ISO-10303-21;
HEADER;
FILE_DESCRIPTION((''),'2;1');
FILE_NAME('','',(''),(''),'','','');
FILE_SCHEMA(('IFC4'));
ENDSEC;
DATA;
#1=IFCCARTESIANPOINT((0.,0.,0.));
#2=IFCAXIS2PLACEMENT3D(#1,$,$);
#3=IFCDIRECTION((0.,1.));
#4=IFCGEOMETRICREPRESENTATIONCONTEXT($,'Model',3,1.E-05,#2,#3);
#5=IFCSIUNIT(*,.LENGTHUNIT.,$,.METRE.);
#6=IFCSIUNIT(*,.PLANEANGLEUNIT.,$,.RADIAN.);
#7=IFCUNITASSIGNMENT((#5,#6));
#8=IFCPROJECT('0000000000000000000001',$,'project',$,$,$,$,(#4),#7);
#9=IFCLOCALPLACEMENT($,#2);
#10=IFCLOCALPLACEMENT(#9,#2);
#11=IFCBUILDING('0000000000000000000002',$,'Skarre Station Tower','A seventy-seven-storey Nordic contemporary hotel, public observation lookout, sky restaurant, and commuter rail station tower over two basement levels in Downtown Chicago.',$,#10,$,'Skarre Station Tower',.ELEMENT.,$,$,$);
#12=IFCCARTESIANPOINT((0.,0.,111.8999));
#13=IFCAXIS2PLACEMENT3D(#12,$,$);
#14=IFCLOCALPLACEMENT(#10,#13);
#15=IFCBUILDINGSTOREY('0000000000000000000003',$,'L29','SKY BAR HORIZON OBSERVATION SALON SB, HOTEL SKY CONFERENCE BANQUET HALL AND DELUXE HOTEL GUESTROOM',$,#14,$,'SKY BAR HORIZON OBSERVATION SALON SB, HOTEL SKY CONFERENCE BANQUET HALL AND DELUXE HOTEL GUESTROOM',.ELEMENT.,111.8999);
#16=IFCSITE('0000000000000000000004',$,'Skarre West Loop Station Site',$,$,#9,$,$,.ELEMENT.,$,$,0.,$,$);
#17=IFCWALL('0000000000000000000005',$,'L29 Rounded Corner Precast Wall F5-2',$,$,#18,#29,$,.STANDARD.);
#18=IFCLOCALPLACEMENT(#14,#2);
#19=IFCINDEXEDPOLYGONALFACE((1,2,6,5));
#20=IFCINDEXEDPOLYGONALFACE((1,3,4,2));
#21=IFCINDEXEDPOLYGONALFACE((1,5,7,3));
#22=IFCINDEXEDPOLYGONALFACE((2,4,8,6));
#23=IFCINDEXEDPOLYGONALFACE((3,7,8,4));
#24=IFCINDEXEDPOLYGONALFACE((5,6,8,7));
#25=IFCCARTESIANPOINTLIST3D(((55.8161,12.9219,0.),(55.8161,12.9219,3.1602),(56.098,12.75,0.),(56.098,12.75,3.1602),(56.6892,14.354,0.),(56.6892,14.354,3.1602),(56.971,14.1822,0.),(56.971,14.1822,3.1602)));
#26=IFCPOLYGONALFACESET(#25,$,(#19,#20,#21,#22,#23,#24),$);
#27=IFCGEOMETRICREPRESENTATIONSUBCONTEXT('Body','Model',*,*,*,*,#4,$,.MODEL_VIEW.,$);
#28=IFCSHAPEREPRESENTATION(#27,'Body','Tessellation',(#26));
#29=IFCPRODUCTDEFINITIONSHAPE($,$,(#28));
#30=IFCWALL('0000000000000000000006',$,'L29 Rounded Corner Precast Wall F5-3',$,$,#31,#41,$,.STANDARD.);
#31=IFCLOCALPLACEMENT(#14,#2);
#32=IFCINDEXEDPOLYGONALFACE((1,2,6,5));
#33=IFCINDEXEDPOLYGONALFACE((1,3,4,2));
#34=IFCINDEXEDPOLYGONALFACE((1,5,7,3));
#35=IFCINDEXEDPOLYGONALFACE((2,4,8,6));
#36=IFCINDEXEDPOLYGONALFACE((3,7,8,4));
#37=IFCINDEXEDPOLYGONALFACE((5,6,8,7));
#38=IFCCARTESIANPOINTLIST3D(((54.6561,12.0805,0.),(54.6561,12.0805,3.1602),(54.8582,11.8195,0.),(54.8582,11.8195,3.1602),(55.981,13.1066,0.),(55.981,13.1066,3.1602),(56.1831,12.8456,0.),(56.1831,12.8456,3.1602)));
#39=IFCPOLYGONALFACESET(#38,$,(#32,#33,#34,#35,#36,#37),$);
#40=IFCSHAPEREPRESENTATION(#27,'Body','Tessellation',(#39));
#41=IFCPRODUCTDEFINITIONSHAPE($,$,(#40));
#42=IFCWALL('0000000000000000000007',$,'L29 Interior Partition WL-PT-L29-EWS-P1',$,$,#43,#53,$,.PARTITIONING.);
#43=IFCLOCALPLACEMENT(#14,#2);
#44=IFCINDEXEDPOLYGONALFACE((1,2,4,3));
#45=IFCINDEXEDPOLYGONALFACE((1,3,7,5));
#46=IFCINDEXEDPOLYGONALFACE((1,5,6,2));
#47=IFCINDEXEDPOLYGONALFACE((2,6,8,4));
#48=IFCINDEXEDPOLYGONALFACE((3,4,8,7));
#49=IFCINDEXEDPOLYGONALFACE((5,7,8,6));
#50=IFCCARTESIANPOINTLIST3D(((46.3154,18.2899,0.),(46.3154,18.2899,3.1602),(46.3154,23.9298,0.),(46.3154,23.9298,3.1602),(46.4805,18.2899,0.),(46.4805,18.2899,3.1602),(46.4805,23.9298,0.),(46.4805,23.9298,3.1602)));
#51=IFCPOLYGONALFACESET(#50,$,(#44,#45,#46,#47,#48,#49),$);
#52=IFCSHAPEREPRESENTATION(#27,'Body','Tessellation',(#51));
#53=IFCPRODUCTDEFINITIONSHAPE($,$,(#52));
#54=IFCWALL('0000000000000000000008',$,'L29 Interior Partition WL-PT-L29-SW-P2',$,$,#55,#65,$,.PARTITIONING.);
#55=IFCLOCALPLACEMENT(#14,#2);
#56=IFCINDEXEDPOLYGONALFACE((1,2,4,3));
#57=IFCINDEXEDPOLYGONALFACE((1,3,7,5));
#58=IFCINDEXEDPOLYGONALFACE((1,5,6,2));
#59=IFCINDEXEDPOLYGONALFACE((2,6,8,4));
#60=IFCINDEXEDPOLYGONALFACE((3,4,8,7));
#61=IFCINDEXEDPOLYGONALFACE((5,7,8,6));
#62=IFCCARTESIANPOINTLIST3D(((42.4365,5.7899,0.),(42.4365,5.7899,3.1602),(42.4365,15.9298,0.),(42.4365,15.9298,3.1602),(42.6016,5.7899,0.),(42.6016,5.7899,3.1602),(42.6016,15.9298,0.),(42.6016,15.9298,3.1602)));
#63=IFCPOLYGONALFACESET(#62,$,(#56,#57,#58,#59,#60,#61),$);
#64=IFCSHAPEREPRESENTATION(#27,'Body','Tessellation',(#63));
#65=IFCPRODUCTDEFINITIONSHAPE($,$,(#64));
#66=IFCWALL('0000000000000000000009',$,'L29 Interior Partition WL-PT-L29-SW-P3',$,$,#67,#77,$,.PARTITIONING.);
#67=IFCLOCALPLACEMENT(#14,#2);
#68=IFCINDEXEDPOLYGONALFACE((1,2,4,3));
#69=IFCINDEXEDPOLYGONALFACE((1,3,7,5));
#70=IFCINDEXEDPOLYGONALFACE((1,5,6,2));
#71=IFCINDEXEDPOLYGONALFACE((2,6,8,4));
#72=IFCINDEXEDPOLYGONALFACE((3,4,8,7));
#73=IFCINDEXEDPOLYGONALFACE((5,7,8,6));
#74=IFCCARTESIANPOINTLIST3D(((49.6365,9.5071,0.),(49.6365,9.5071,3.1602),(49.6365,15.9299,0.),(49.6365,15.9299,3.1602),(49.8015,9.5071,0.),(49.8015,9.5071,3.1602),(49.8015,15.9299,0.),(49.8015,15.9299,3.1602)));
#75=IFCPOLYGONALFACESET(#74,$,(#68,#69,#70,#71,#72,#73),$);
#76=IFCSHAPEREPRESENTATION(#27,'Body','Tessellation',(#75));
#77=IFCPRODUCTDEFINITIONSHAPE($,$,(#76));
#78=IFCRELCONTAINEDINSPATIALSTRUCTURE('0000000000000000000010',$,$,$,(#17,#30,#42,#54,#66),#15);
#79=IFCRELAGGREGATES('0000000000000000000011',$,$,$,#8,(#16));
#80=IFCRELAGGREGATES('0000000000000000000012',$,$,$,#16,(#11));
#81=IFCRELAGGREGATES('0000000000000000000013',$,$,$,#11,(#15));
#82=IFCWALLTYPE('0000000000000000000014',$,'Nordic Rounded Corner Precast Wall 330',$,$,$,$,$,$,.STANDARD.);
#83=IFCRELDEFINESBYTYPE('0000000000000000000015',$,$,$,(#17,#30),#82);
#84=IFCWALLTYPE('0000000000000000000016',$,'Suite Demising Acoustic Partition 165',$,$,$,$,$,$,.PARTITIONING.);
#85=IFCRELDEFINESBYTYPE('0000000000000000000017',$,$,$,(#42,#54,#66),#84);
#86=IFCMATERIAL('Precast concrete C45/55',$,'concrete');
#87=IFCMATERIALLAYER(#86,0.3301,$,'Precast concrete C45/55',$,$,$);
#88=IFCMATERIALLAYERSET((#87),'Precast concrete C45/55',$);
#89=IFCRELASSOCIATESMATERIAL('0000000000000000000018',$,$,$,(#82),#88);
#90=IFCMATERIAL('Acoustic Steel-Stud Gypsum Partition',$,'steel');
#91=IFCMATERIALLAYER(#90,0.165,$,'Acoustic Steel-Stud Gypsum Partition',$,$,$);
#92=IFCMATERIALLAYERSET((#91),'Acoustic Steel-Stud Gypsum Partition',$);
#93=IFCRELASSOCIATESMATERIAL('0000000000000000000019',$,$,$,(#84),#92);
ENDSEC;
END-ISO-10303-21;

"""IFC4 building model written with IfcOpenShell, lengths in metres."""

from ifc_helpers import new_model, si_unit, direction, frame, frame_2d, origin, place, context, subcontext, project, spatial, rectangle, extrude, material, layer, layer_set, type_object, element, save


model = new_model("IFC4")

# Units and contexts
model_context = context("Model", 3, precision=1e-05, world=origin(), true_north=direction((0.0, 1.0)))
body_context = subcontext(model_context, "Body", "Model", "MODEL_VIEW")
ifc_project = project(units=[si_unit("LENGTHUNIT", "METRE"), si_unit("PLANEANGLEUNIT", "RADIAN")], contexts=[model_context])

# Site, building, storey
site_placement = place(None, origin())
site = spatial("IfcSite", under=ifc_project, at=site_placement, Name="Skarre West Loop Station Site", CompositionType="ELEMENT", RefElevation=0.0)
building_placement = place(site_placement, origin())
building = spatial("IfcBuilding", under=site, at=building_placement, Name="Skarre Station Tower", Description="A seventy-seven-storey Nordic contemporary hotel, public observation lookout, sky restaurant, and commuter rail station tower over two basement levels in Downtown Chicago.", LongName="Skarre Station Tower", CompositionType="ELEMENT")
storey_placement = place(building_placement, frame((0.0, 0.0, 111.8999)))
storey = spatial("IfcBuildingStorey", under=building, at=storey_placement, Name="L29", Description="SKY BAR HORIZON OBSERVATION SALON SB, HOTEL SKY CONFERENCE BANQUET HALL AND DELUXE HOTEL GUESTROOM", LongName="SKY BAR HORIZON OBSERVATION SALON SB, HOTEL SKY CONFERENCE BANQUET HALL AND DELUXE HOTEL GUESTROOM", CompositionType="ELEMENT", Elevation=111.8999)

# Shared definitions
ifc_material_1 = material(Name="Acoustic Steel-Stud Gypsum Partition", Category="steel")

# Shared definitions
ifc_material_2 = material(Name="Precast concrete C45/55", Category="concrete")

# Walls
ifc_layer_1 = layer(ifc_material_2, 0.3301, Name="Precast concrete C45/55")
ifc_layer_set_1 = layer_set([ifc_layer_1], Name="Precast concrete C45/55")
wall_type_1 = type_object("IfcWallType", Name="Nordic Rounded Corner Precast Wall 330", PredefinedType="STANDARD", material=ifc_layer_set_1)
wall_1_placement = place(storey_placement, frame((56.8301, 14.2681, 0.0), z_axis=(0.0, 0.0, 1.0), x_axis=(-0.520519, -0.85385, 0.0)))
element("IfcWall", 1, at=wall_1_placement, inside=storey, type_object=wall_type_1, Name="L29 Rounded Corner Precast Wall F5-2", PredefinedType="STANDARD", context=body_context, shape_type="SweptSolid", body=[
    extrude(rectangle(XDim=1.6772, YDim=0.3301, at=frame_2d((0.8386, 0.0))), origin(), (0.0, 0.0, 1.0), 3.1602),
])
wall_2_placement = place(storey_placement, frame((56.082, 12.9761, 0.0), z_axis=(0.0, 0.0, 1.0), x_axis=(-0.790621, -0.612305, 0.0)))
element("IfcWall", 2, at=wall_2_placement, inside=storey, type_object=wall_type_1, Name="L29 Rounded Corner Precast Wall F5-3", PredefinedType="STANDARD", context=body_context, shape_type="SweptSolid", body=[
    extrude(rectangle(XDim=1.6758, YDim=0.3301, at=frame_2d((0.8379, 0.0))), origin(), (0.0, 0.0, 1.0), 3.1602),
])
ifc_layer_2 = layer(ifc_material_1, 0.165, Name="Acoustic Steel-Stud Gypsum Partition")
ifc_layer_set_2 = layer_set([ifc_layer_2], Name="Acoustic Steel-Stud Gypsum Partition")
wall_type_2 = type_object("IfcWallType", Name="Suite Demising Acoustic Partition 165", PredefinedType="PARTITIONING", material=ifc_layer_set_2)
wall_3_placement = place(storey_placement, frame((46.3979, 18.29, 0.0), z_axis=(0.0, 0.0, 1.0), x_axis=(0.0, 1.0, 0.0)))
element("IfcWall", 3, at=wall_3_placement, inside=storey, type_object=wall_type_2, Name="L29 Interior Partition WL-PT-L29-EWS-P1", PredefinedType="PARTITIONING", context=body_context, shape_type="SweptSolid", body=[
    extrude(rectangle(XDim=5.6399, YDim=0.165, at=frame_2d((2.8198, 0.0))), origin(), (0.0, 0.0, 1.0), 3.1602),
])
wall_4_placement = place(storey_placement, frame((42.519, 5.79, 0.0), z_axis=(0.0, 0.0, 1.0), x_axis=(0.0, 1.0, 0.0)))
element("IfcWall", 4, at=wall_4_placement, inside=storey, type_object=wall_type_2, Name="L29 Interior Partition WL-PT-L29-SW-P2", PredefinedType="PARTITIONING", context=body_context, shape_type="SweptSolid", body=[
    extrude(rectangle(XDim=10.1399, YDim=0.165, at=frame_2d((5.0698, 0.0))), origin(), (0.0, 0.0, 1.0), 3.1602),
])
wall_5_placement = place(storey_placement, frame((49.719, 9.5071, 0.0), z_axis=(0.0, 0.0, 1.0), x_axis=(0.0, 1.0, 0.0)))
element("IfcWall", 5, at=wall_5_placement, inside=storey, type_object=wall_type_2, Name="L29 Interior Partition WL-PT-L29-SW-P3", PredefinedType="PARTITIONING", context=body_context, shape_type="SweptSolid", body=[
    extrude(rectangle(XDim=6.4229, YDim=0.165, at=frame_2d((3.2114, 0.0))), origin(), (0.0, 0.0, 1.0), 3.1602),
])

save(model, "model.ifc")
